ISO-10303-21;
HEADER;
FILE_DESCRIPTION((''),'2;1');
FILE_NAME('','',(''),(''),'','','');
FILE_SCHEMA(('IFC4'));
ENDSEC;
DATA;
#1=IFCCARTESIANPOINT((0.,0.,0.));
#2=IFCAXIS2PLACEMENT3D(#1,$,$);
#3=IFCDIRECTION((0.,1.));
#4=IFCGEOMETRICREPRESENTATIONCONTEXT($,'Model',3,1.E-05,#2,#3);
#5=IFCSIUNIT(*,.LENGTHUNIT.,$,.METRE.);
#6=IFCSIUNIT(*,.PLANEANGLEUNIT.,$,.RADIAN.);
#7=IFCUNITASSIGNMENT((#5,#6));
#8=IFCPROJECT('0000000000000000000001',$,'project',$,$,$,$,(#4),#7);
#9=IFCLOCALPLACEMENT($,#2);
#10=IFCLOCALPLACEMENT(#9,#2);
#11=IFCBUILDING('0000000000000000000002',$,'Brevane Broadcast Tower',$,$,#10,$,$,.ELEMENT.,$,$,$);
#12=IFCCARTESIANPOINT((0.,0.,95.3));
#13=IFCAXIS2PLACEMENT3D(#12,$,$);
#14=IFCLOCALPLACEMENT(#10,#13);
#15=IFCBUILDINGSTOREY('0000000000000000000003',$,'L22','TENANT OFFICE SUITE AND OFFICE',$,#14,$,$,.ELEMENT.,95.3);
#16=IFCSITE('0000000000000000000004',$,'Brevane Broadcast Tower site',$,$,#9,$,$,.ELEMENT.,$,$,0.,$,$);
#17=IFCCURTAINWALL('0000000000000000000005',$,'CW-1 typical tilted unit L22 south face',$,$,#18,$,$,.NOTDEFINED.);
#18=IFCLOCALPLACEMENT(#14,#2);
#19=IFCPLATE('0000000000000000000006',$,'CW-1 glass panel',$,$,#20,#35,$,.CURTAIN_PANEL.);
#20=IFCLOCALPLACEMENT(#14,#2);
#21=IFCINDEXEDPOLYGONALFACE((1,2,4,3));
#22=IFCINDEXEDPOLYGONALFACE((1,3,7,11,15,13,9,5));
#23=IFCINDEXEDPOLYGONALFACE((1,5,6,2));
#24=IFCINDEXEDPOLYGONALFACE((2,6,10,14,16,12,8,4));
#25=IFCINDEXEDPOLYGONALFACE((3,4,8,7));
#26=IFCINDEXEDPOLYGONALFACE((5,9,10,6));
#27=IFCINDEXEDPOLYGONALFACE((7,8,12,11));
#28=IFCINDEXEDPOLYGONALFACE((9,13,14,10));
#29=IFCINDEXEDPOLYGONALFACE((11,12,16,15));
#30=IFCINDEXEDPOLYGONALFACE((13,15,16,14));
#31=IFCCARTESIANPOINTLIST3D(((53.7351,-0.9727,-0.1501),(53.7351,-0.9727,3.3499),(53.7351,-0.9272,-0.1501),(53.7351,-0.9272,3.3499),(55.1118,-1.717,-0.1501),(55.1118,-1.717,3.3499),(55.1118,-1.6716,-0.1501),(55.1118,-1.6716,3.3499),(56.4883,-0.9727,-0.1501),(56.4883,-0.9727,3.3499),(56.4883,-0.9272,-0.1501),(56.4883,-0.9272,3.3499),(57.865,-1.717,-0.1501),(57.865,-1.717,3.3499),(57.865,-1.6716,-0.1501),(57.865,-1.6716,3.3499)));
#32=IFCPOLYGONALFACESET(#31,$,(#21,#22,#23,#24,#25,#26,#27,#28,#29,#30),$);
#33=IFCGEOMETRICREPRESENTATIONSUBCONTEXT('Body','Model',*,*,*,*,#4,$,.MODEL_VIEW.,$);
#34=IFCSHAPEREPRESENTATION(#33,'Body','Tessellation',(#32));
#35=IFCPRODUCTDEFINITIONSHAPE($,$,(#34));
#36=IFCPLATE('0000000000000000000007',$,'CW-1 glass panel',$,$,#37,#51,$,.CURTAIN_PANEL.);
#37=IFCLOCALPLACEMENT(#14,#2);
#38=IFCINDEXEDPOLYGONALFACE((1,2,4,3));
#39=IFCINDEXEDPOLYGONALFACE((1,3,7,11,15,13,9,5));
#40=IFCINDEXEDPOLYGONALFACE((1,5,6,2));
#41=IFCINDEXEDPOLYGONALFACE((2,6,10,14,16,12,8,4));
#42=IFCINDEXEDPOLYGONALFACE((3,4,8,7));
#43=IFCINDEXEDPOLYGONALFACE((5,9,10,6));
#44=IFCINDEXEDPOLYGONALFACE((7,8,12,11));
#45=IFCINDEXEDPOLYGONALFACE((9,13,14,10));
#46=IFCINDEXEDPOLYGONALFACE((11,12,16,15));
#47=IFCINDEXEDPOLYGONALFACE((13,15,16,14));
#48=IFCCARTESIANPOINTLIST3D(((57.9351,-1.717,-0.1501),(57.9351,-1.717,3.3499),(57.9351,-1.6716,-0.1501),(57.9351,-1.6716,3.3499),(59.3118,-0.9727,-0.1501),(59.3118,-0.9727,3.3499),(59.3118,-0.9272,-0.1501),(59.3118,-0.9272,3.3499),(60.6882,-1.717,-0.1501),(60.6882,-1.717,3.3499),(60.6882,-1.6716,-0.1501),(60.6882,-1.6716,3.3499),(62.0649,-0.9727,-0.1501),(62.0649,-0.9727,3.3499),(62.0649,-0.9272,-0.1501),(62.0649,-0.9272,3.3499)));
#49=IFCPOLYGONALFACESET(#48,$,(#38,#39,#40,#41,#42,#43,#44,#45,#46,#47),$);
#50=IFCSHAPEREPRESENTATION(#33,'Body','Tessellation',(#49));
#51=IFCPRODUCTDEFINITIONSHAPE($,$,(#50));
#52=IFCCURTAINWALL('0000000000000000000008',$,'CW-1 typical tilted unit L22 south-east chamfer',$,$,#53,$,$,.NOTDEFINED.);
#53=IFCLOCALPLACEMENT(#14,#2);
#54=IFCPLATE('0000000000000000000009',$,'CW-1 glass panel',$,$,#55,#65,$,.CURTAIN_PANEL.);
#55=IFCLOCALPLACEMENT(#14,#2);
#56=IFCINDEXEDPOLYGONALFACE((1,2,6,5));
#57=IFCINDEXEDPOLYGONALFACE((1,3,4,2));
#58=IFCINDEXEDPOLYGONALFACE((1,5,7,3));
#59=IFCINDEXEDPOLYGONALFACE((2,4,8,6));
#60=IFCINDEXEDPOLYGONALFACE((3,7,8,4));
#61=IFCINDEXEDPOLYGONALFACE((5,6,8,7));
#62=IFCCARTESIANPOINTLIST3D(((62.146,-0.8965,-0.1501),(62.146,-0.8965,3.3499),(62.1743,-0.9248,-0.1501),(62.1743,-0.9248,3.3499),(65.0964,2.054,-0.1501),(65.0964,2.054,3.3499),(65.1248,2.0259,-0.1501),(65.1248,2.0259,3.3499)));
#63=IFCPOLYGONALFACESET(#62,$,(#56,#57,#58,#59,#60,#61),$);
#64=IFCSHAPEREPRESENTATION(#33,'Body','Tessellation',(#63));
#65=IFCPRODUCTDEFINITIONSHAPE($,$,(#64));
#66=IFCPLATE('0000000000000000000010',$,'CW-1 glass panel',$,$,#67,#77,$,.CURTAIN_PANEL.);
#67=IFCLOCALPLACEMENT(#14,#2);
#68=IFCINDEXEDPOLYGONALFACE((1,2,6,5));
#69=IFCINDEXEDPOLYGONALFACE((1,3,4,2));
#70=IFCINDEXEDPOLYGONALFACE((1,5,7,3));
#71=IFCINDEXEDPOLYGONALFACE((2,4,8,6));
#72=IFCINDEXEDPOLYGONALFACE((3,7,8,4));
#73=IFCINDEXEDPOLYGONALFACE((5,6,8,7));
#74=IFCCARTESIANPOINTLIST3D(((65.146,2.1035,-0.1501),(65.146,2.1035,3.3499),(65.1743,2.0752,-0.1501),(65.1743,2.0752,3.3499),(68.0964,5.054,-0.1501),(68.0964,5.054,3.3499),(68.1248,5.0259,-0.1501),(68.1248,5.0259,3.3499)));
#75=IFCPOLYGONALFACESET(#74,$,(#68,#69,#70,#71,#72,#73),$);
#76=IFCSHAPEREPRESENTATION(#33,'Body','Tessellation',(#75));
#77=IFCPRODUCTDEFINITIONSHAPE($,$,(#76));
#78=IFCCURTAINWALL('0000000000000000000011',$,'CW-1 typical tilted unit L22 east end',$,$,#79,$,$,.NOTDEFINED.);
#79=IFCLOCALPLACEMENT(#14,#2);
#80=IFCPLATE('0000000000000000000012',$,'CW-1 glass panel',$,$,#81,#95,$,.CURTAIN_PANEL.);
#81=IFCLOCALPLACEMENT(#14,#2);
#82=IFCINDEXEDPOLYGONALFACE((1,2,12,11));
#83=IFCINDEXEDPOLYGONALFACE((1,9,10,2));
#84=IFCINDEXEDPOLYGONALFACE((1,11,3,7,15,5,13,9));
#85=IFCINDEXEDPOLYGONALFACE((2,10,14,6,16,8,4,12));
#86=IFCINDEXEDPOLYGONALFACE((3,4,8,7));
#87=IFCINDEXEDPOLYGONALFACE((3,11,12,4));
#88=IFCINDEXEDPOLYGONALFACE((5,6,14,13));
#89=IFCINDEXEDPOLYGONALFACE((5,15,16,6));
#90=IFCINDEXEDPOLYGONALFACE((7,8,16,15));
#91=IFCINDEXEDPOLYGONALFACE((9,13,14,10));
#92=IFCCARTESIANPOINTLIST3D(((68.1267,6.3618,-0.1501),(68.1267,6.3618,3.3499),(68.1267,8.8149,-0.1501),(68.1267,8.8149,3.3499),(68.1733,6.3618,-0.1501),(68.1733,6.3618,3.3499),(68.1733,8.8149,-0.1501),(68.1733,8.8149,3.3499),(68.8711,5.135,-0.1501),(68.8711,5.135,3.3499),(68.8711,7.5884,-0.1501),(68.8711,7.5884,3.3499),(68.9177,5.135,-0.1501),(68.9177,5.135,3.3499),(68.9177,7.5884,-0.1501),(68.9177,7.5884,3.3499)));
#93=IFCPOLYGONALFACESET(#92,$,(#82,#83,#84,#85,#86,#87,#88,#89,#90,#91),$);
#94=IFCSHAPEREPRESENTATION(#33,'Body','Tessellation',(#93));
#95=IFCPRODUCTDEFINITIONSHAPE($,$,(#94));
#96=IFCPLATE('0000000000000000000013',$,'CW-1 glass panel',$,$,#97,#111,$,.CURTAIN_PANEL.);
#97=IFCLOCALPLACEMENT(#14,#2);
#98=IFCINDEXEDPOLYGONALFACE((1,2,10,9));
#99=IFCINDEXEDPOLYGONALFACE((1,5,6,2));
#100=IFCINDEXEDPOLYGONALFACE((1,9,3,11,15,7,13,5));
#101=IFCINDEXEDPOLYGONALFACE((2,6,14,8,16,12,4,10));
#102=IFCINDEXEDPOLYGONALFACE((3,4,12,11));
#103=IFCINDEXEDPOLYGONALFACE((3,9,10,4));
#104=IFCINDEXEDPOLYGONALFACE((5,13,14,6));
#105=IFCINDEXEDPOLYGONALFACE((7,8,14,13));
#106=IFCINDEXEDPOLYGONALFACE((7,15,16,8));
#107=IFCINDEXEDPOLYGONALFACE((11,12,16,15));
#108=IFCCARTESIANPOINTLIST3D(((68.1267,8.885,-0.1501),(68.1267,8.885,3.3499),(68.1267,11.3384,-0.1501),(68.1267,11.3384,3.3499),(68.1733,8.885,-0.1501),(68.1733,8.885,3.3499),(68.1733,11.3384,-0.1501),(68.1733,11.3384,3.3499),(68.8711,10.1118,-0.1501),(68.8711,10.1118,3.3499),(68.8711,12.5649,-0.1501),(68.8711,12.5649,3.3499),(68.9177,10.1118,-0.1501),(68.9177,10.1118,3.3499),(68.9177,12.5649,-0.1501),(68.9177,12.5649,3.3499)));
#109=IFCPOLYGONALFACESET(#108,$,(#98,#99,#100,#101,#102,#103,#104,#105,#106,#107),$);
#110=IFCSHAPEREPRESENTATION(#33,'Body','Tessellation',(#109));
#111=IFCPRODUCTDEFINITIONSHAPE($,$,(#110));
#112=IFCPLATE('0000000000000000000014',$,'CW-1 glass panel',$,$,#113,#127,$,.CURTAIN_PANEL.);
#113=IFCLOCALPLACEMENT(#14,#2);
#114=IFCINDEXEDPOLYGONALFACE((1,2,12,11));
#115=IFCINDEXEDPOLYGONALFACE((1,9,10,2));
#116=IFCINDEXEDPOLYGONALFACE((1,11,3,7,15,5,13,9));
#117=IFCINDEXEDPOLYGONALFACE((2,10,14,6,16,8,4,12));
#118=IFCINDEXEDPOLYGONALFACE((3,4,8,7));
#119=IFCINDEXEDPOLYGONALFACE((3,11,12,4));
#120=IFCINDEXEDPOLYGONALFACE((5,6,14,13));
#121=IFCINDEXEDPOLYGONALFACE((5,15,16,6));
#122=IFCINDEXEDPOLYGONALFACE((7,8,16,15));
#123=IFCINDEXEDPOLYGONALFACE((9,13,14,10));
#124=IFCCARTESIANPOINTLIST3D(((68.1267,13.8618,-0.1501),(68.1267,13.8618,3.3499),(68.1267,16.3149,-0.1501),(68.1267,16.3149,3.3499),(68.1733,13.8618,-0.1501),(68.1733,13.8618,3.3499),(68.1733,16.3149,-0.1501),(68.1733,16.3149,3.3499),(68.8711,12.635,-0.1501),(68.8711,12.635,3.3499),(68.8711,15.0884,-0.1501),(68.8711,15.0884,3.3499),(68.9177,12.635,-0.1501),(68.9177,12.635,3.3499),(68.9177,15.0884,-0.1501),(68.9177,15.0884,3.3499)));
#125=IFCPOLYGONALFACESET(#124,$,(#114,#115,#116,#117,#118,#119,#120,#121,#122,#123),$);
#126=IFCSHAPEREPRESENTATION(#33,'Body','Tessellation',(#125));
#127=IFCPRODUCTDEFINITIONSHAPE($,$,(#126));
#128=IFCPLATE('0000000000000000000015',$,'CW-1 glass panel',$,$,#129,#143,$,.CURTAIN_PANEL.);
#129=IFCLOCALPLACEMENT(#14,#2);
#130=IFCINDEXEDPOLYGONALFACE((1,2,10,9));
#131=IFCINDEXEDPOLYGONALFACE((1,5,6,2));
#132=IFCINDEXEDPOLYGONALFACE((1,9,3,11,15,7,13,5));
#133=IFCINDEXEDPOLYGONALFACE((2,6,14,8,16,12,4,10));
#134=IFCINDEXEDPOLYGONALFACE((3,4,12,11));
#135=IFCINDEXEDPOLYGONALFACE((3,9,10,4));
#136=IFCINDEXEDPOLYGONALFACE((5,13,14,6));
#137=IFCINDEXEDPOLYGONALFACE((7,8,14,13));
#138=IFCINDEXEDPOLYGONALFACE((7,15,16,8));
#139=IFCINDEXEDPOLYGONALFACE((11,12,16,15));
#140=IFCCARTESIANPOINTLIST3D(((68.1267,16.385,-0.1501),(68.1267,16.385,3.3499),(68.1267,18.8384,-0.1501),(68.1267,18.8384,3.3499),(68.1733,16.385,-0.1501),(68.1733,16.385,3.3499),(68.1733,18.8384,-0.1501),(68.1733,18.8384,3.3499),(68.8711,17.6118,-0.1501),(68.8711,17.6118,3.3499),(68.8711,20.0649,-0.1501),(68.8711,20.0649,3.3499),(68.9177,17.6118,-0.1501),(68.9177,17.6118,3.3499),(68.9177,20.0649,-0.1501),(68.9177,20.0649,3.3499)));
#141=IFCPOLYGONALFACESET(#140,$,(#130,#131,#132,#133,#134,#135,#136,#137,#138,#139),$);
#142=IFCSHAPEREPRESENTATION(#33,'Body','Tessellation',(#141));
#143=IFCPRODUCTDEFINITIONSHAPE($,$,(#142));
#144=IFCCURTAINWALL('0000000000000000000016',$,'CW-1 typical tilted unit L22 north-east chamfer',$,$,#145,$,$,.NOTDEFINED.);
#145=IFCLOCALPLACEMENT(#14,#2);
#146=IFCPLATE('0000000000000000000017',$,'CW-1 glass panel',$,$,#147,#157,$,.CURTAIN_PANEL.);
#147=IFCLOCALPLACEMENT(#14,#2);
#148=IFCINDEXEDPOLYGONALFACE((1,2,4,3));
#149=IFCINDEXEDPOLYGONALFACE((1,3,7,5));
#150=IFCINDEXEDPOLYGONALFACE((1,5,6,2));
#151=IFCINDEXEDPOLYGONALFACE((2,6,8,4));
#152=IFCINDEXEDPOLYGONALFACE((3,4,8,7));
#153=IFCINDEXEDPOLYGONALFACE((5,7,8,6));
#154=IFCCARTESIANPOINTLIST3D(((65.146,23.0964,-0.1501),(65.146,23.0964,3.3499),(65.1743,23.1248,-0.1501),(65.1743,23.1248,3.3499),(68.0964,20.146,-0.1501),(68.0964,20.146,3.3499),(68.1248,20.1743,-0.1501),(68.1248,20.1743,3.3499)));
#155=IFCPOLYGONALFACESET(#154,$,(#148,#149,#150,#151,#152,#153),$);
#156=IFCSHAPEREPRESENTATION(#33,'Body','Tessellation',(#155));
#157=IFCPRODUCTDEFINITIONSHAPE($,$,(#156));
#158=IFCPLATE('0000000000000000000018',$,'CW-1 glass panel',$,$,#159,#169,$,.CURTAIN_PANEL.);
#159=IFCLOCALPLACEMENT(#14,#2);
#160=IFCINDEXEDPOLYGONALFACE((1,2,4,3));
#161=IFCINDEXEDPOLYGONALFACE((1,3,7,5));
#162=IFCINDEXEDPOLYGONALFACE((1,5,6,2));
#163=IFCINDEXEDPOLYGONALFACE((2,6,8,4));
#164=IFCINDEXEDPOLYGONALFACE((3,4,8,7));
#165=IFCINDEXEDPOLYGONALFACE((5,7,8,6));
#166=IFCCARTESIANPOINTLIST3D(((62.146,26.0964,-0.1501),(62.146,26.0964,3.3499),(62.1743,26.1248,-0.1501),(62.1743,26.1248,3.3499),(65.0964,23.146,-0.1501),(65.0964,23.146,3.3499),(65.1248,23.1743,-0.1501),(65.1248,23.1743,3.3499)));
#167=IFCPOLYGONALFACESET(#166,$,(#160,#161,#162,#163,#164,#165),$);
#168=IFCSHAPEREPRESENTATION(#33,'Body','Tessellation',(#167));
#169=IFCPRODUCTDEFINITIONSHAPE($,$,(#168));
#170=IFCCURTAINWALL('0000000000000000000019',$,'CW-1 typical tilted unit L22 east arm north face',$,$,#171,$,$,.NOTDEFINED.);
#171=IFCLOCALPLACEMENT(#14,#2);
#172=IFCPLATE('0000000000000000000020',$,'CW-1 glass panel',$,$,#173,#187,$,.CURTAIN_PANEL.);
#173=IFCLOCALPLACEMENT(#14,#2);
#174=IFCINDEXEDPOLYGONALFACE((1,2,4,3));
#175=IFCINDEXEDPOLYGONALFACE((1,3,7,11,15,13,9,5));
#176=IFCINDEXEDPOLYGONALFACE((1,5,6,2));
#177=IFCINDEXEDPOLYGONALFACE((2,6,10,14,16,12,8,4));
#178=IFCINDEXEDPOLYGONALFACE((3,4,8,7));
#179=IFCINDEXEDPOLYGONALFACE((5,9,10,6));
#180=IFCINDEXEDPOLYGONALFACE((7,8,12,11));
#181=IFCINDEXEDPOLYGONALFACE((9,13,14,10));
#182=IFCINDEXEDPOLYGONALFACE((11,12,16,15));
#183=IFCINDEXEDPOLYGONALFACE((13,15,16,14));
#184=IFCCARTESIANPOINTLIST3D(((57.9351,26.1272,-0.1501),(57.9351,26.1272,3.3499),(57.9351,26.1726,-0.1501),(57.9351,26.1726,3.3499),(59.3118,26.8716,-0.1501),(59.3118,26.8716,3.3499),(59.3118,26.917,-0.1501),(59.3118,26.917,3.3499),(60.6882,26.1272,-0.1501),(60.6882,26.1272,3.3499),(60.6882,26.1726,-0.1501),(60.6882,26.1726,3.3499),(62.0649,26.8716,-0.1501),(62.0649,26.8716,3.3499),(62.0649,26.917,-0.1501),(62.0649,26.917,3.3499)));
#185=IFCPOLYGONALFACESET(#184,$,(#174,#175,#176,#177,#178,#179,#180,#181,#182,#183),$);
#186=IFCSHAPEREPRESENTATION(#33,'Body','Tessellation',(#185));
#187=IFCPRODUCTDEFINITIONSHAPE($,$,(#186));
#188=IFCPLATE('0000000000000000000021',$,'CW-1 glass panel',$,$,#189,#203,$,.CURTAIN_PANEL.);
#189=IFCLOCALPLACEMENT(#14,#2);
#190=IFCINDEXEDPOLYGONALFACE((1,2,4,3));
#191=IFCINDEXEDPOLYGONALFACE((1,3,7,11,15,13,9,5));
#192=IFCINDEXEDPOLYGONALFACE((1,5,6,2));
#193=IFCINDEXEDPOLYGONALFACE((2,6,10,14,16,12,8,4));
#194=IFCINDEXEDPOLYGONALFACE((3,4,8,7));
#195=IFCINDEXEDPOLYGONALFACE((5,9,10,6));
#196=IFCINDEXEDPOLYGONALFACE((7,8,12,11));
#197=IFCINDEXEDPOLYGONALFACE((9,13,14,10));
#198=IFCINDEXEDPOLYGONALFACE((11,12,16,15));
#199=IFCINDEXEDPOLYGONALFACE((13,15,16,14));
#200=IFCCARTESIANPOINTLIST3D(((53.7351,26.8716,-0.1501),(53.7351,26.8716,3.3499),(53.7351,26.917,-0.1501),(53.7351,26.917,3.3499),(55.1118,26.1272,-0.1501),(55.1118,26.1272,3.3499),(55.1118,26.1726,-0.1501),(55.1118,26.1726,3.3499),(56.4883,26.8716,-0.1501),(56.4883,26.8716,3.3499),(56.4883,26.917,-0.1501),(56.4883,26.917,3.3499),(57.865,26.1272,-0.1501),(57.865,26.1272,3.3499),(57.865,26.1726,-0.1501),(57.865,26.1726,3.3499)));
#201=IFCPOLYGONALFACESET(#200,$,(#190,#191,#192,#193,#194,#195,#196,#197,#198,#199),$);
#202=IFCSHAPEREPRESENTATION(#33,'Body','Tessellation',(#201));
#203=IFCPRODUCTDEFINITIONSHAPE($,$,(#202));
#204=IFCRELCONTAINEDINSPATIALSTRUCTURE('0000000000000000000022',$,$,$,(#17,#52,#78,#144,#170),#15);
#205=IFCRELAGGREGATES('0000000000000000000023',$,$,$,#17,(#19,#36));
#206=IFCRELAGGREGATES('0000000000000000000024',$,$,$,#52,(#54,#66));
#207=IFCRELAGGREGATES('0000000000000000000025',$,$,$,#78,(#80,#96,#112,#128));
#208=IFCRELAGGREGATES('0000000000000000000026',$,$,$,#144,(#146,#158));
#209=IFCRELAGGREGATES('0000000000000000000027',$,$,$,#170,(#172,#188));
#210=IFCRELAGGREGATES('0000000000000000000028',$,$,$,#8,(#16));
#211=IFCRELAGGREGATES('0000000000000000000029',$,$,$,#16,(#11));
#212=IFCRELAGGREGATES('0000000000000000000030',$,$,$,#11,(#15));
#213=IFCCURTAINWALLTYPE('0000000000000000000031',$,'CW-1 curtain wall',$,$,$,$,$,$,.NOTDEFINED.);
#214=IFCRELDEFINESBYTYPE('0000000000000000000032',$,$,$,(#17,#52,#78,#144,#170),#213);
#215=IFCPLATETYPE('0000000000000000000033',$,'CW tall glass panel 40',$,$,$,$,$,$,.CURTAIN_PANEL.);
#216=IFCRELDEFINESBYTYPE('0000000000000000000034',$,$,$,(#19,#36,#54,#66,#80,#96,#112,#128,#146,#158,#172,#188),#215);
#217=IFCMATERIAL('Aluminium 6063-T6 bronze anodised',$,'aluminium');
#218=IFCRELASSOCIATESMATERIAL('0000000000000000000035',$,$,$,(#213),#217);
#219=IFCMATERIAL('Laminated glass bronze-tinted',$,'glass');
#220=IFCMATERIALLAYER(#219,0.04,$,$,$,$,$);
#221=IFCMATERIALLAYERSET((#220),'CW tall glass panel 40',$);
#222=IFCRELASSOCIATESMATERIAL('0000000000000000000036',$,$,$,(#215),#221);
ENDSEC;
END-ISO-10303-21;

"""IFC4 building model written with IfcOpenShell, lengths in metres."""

from ifc_helpers import new_model, si_unit, direction, frame, origin, place, context, subcontext, project, spatial, polyline, outline, extrude, material, layer, layer_set, type_object, element, aggregate, save


model = new_model("IFC4")

# Units and contexts
model_context = context("Model", 3, precision=1e-05, world=origin(), true_north=direction((0.0, 1.0)))
body_context = subcontext(model_context, "Body", "Model", "MODEL_VIEW")
ifc_project = project(units=[si_unit("LENGTHUNIT", "METRE"), si_unit("PLANEANGLEUNIT", "RADIAN")], contexts=[model_context])

# Site, building, storey
site_placement = place(None, origin())
site = spatial("IfcSite", under=ifc_project, at=site_placement, Name="Brevane Broadcast Tower site", CompositionType="ELEMENT", RefElevation=0.0)
building_placement = place(site_placement, origin())
building = spatial("IfcBuilding", under=site, at=building_placement, Name="Brevane Broadcast Tower", CompositionType="ELEMENT")
storey_placement = place(building_placement, frame((0.0, 0.0, 95.3)))
storey = spatial("IfcBuildingStorey", under=building, at=storey_placement, Name="L22", Description="TENANT OFFICE SUITE AND OFFICE", CompositionType="ELEMENT", Elevation=95.3)

# Curtain walls, plates
ifc_material_1 = material(Name="Aluminium 6063-T6 bronze anodised", Category="aluminium")
curtain_wall_type = type_object("IfcCurtainWallType", Name="CW-1 curtain wall", PredefinedType="NOTDEFINED", material=ifc_material_1)
curtain_wall_1_placement = place(storey_placement, origin())
curtain_wall_1 = element("IfcCurtainWall", 1, at=curtain_wall_1_placement, inside=storey, type_object=curtain_wall_type, Name="CW-1 typical tilted unit L22 south face", PredefinedType="NOTDEFINED")
ifc_material_2 = material(Name="Laminated glass bronze-tinted", Category="glass")
ifc_layer = layer(ifc_material_2, 0.04)
ifc_layer_set = layer_set([ifc_layer], Name="CW tall glass panel 40")
plate_type = type_object("IfcPlateType", Name="CW tall glass panel 40", PredefinedType="CURTAIN_PANEL", material=ifc_layer_set)
plate_1_placement = place(storey_placement, frame((0.0, 0.0, -0.1501)))
plate_1 = element("IfcPlate", 2, at=plate_1_placement, type_object=plate_type, Name="CW-1 glass panel", PredefinedType="CURTAIN_PANEL", context=body_context, shape_type="SweptSolid", body=[
    extrude(outline(polyline([(53.7351, -0.9272), (53.7351, -0.9727), (55.1118, -1.717), (56.4883, -0.9727), (57.865, -1.717), (57.865, -1.6716), (56.4883, -0.9272), (55.1118, -1.6716), (53.7351, -0.9272)])), origin(), (0.0, 0.0, 1.0), 3.5),
])
plate_2_placement = place(storey_placement, frame((0.0, 0.0, -0.1501)))
plate_2 = element("IfcPlate", 3, at=plate_2_placement, type_object=plate_type, Name="CW-1 glass panel", PredefinedType="CURTAIN_PANEL", context=body_context, shape_type="SweptSolid", body=[
    extrude(outline(polyline([(57.9351, -1.6716), (57.9351, -1.717), (59.3118, -0.9727), (60.6882, -1.717), (62.0649, -0.9727), (62.0649, -0.9272), (60.6882, -1.6716), (59.3118, -0.9272), (57.9351, -1.6716)])), origin(), (0.0, 0.0, 1.0), 3.5),
])
aggregate(curtain_wall_1, [plate_1, plate_2])
curtain_wall_2_placement = place(storey_placement, origin())
curtain_wall_2 = element("IfcCurtainWall", 4, at=curtain_wall_2_placement, inside=storey, type_object=curtain_wall_type, Name="CW-1 typical tilted unit L22 south-east chamfer", PredefinedType="NOTDEFINED")
plate_3_placement = place(storey_placement, frame((0.0, 0.0, -0.1501)))
plate_3 = element("IfcPlate", 5, at=plate_3_placement, type_object=plate_type, Name="CW-1 glass panel", PredefinedType="CURTAIN_PANEL", context=body_context, shape_type="SweptSolid", body=[
    extrude(outline(polyline([(62.146, -0.8965), (65.0964, 2.054), (65.1248, 2.0259), (62.1743, -0.9248), (62.146, -0.8965)])), origin(), (0.0, 0.0, 1.0), 3.5),
])
plate_4_placement = place(storey_placement, frame((0.0, 0.0, -0.1501)))
plate_4 = element("IfcPlate", 6, at=plate_4_placement, type_object=plate_type, Name="CW-1 glass panel", PredefinedType="CURTAIN_PANEL", context=body_context, shape_type="SweptSolid", body=[
    extrude(outline(polyline([(65.146, 2.1035), (68.0964, 5.054), (68.1248, 5.0259), (65.1743, 2.0752), (65.146, 2.1035)])), origin(), (0.0, 0.0, 1.0), 3.5),
])
aggregate(curtain_wall_2, [plate_3, plate_4])
curtain_wall_3_placement = place(storey_placement, origin())
curtain_wall_3 = element("IfcCurtainWall", 7, at=curtain_wall_3_placement, inside=storey, type_object=curtain_wall_type, Name="CW-1 typical tilted unit L22 east end", PredefinedType="NOTDEFINED")
plate_5_placement = place(storey_placement, frame((0.0, 0.0, -0.1501)))
plate_5 = element("IfcPlate", 8, at=plate_5_placement, type_object=plate_type, Name="CW-1 glass panel", PredefinedType="CURTAIN_PANEL", context=body_context, shape_type="SweptSolid", body=[
    extrude(outline(polyline([(68.8711, 5.135), (68.9177, 5.135), (68.1733, 6.3618), (68.9177, 7.5884), (68.1733, 8.8149), (68.1267, 8.8149), (68.8711, 7.5884), (68.1267, 6.3618), (68.8711, 5.135)])), origin(), (0.0, 0.0, 1.0), 3.5),
])
plate_6_placement = place(storey_placement, frame((0.0, 0.0, -0.1501)))
plate_6 = element("IfcPlate", 9, at=plate_6_placement, type_object=plate_type, Name="CW-1 glass panel", PredefinedType="CURTAIN_PANEL", context=body_context, shape_type="SweptSolid", body=[
    extrude(outline(polyline([(68.1267, 8.885), (68.1733, 8.885), (68.9177, 10.1118), (68.1733, 11.3384), (68.9177, 12.5649), (68.8711, 12.5649), (68.1267, 11.3384), (68.8711, 10.1118), (68.1267, 8.885)])), origin(), (0.0, 0.0, 1.0), 3.5),
])
plate_7_placement = place(storey_placement, frame((0.0, 0.0, -0.1501)))
plate_7 = element("IfcPlate", 10, at=plate_7_placement, type_object=plate_type, Name="CW-1 glass panel", PredefinedType="CURTAIN_PANEL", context=body_context, shape_type="SweptSolid", body=[
    extrude(outline(polyline([(68.8711, 12.635), (68.9177, 12.635), (68.1733, 13.8618), (68.9177, 15.0884), (68.1733, 16.3149), (68.1267, 16.3149), (68.8711, 15.0884), (68.1267, 13.8618), (68.8711, 12.635)])), origin(), (0.0, 0.0, 1.0), 3.5),
])
plate_8_placement = place(storey_placement, frame((0.0, 0.0, -0.1501)))
plate_8 = element("IfcPlate", 11, at=plate_8_placement, type_object=plate_type, Name="CW-1 glass panel", PredefinedType="CURTAIN_PANEL", context=body_context, shape_type="SweptSolid", body=[
    extrude(outline(polyline([(68.1267, 16.385), (68.1733, 16.385), (68.9177, 17.6118), (68.1733, 18.8384), (68.9177, 20.0649), (68.8711, 20.0649), (68.1267, 18.8384), (68.8711, 17.6118), (68.1267, 16.385)])), origin(), (0.0, 0.0, 1.0), 3.5),
])
aggregate(curtain_wall_3, [plate_5, plate_6, plate_7, plate_8])
curtain_wall_4_placement = place(storey_placement, origin())
curtain_wall_4 = element("IfcCurtainWall", 12, at=curtain_wall_4_placement, inside=storey, type_object=curtain_wall_type, Name="CW-1 typical tilted unit L22 north-east chamfer", PredefinedType="NOTDEFINED")
plate_9_placement = place(storey_placement, frame((0.0, 0.0, -0.1501)))
plate_9 = element("IfcPlate", 13, at=plate_9_placement, type_object=plate_type, Name="CW-1 glass panel", PredefinedType="CURTAIN_PANEL", context=body_context, shape_type="SweptSolid", body=[
    extrude(outline(polyline([(68.0964, 20.146), (65.146, 23.0964), (65.1743, 23.1248), (68.1248, 20.1743), (68.0964, 20.146)])), origin(), (0.0, 0.0, 1.0), 3.5),
])
plate_10_placement = place(storey_placement, frame((0.0, 0.0, -0.1501)))
plate_10 = element("IfcPlate", 14, at=plate_10_placement, type_object=plate_type, Name="CW-1 glass panel", PredefinedType="CURTAIN_PANEL", context=body_context, shape_type="SweptSolid", body=[
    extrude(outline(polyline([(65.0964, 23.146), (62.146, 26.0964), (62.1743, 26.1248), (65.1248, 23.1743), (65.0964, 23.146)])), origin(), (0.0, 0.0, 1.0), 3.5),
])
aggregate(curtain_wall_4, [plate_9, plate_10])
curtain_wall_5_placement = place(storey_placement, origin())
curtain_wall_5 = element("IfcCurtainWall", 15, at=curtain_wall_5_placement, inside=storey, type_object=curtain_wall_type, Name="CW-1 typical tilted unit L22 east arm north face", PredefinedType="NOTDEFINED")
plate_11_placement = place(storey_placement, frame((0.0, 0.0, -0.1501)))
plate_11 = element("IfcPlate", 16, at=plate_11_placement, type_object=plate_type, Name="CW-1 glass panel", PredefinedType="CURTAIN_PANEL", context=body_context, shape_type="SweptSolid", body=[
    extrude(outline(polyline([(62.0649, 26.8716), (62.0649, 26.917), (60.6882, 26.1726), (59.3118, 26.917), (57.9351, 26.1726), (57.9351, 26.1272), (59.3118, 26.8716), (60.6882, 26.1272), (62.0649, 26.8716)])), origin(), (0.0, 0.0, 1.0), 3.5),
])
plate_12_placement = place(storey_placement, frame((0.0, 0.0, -0.1501)))
plate_12 = element("IfcPlate", 17, at=plate_12_placement, type_object=plate_type, Name="CW-1 glass panel", PredefinedType="CURTAIN_PANEL", context=body_context, shape_type="SweptSolid", body=[
    extrude(outline(polyline([(57.865, 26.1272), (57.865, 26.1726), (56.4883, 26.917), (55.1118, 26.1726), (53.7351, 26.917), (53.7351, 26.8716), (55.1118, 26.1272), (56.4883, 26.8716), (57.865, 26.1272)])), origin(), (0.0, 0.0, 1.0), 3.5),
])
aggregate(curtain_wall_5, [plate_11, plate_12])

save(model, "model.ifc")
